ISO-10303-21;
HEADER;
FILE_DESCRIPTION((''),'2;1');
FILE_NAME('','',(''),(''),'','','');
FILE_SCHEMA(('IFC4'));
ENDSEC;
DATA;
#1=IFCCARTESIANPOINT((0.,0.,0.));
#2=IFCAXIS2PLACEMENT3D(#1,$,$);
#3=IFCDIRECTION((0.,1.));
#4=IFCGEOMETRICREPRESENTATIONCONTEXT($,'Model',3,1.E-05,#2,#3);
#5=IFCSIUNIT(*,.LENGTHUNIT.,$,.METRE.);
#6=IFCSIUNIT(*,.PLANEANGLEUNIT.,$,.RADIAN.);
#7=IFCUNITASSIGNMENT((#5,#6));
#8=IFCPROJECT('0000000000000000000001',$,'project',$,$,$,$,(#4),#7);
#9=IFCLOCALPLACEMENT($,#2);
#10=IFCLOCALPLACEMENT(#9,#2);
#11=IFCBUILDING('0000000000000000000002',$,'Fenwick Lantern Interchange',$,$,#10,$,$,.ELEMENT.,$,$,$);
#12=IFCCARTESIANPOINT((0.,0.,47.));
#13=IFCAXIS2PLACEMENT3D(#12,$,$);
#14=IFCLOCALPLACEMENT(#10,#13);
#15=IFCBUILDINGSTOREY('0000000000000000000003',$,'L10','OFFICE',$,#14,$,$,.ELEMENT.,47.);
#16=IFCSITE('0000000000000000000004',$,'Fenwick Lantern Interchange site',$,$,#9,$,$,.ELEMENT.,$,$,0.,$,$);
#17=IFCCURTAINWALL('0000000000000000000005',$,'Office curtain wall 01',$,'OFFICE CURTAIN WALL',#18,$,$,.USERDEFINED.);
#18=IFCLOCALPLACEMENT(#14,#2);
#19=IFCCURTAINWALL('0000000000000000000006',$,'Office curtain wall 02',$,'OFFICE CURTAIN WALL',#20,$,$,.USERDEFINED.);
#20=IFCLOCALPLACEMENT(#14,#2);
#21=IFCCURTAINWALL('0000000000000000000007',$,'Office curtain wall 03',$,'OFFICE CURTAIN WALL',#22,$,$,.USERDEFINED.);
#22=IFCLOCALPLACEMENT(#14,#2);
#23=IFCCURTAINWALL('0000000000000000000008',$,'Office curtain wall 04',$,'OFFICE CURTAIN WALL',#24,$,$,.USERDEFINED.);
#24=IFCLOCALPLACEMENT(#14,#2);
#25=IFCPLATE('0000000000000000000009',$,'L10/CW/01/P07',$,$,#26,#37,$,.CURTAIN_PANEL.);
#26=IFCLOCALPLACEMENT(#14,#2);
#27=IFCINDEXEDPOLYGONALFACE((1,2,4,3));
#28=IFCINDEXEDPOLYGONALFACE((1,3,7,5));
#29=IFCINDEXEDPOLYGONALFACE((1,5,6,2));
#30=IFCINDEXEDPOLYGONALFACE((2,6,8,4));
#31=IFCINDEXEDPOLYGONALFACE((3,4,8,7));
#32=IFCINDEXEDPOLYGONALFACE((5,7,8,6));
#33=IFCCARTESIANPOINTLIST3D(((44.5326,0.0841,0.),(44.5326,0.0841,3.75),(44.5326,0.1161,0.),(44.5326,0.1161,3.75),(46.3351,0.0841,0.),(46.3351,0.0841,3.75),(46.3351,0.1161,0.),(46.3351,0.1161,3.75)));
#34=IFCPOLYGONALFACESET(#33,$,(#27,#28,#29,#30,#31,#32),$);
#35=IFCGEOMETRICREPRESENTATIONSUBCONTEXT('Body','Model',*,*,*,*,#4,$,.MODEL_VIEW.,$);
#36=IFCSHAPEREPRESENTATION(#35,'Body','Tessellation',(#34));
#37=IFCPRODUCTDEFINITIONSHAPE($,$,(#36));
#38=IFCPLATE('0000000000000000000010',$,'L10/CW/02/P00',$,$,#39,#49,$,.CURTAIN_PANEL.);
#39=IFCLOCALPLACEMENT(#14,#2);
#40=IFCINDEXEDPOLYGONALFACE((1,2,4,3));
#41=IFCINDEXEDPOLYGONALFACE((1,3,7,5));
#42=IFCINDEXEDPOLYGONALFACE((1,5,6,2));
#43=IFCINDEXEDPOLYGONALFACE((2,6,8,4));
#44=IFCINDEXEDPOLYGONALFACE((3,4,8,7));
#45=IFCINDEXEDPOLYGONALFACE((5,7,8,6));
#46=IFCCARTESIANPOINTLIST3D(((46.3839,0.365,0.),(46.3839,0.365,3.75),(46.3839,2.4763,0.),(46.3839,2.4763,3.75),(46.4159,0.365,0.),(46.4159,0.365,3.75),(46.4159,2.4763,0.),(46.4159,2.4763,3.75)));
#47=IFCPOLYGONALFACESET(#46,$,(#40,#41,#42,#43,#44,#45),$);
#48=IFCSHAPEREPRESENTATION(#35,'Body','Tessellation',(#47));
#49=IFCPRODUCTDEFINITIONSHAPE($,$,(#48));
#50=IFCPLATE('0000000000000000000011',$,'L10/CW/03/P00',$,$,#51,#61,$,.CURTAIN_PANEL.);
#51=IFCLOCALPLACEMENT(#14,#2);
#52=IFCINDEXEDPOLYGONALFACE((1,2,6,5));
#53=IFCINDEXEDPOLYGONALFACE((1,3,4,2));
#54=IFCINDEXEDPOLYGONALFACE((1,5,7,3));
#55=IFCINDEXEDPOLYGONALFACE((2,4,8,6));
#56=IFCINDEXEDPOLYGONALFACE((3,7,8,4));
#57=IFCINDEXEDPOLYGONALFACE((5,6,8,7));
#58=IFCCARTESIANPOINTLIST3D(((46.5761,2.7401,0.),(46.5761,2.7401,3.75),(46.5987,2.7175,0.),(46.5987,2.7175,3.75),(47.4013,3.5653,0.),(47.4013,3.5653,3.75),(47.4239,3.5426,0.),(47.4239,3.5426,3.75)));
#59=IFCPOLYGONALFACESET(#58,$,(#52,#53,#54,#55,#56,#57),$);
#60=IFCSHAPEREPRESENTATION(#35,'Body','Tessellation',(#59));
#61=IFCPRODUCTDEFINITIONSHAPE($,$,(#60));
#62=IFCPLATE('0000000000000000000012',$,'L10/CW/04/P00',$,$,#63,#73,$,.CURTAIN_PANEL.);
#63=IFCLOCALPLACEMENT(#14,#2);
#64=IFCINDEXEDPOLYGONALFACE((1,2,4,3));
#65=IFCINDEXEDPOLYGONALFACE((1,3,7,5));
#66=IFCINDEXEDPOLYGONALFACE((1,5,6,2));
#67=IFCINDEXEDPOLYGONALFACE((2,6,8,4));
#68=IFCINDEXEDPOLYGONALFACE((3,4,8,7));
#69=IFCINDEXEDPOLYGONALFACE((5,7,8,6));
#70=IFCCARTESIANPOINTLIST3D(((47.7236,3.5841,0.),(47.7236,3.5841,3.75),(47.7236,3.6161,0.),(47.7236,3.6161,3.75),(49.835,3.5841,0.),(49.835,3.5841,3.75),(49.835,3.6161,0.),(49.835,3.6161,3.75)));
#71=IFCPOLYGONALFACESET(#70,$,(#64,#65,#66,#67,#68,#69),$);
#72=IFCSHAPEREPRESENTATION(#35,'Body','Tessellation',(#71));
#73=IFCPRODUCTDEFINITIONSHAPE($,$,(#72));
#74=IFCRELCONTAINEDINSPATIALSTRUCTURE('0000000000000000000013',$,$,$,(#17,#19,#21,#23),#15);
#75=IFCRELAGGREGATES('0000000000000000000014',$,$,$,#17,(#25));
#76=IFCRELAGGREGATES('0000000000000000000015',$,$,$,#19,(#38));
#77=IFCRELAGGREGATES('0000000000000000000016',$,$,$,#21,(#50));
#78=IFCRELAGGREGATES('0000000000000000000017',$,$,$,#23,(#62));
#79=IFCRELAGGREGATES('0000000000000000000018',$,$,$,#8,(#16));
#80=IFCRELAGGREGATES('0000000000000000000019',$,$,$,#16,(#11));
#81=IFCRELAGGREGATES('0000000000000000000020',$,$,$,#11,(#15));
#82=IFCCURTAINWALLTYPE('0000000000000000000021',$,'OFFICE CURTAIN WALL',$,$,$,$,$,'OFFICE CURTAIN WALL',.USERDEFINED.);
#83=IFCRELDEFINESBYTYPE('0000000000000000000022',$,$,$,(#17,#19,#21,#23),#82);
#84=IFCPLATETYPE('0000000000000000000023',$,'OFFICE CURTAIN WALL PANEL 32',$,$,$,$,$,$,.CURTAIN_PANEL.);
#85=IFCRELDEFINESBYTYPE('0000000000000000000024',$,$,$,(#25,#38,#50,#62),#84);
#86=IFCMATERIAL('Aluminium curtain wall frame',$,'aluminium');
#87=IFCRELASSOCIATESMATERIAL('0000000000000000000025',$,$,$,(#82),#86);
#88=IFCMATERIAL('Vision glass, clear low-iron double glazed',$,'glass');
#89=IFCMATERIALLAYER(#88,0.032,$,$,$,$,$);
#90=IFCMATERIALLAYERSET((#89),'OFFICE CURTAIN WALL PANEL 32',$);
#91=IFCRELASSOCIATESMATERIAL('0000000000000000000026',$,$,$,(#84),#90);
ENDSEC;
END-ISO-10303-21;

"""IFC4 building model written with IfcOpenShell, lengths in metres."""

from ifc_helpers import new_model, si_unit, direction, frame, origin, origin_2d, place, context, subcontext, project, spatial, rectangle, extrude, material, layer, layer_set, type_object, element, aggregate, save


model = new_model("IFC4")

# Units and contexts
model_context = context("Model", 3, precision=1e-05, world=origin(), true_north=direction((0.0, 1.0)))
body_context = subcontext(model_context, "Body", "Model", "MODEL_VIEW")
ifc_project = project(units=[si_unit("LENGTHUNIT", "METRE"), si_unit("PLANEANGLEUNIT", "RADIAN")], contexts=[model_context])

# Site, building, storey
site_placement = place(None, origin())
site = spatial("IfcSite", under=ifc_project, at=site_placement, Name="Fenwick Lantern Interchange site", CompositionType="ELEMENT", RefElevation=0.0)
building_placement = place(site_placement, origin())
building = spatial("IfcBuilding", under=site, at=building_placement, Name="Fenwick Lantern Interchange", CompositionType="ELEMENT")
storey_placement = place(building_placement, frame((0.0, 0.0, 47.0)))
storey = spatial("IfcBuildingStorey", under=building, at=storey_placement, Name="L10", Description="OFFICE", CompositionType="ELEMENT", Elevation=47.0)

# Curtain wall
ifc_material_1 = material(Name="Aluminium curtain wall frame", Category="aluminium")
curtain_wall_type = type_object("IfcCurtainWallType", Name="OFFICE CURTAIN WALL", ElementType="OFFICE CURTAIN WALL", PredefinedType="USERDEFINED", material=ifc_material_1)
curtain_wall_1_placement = place(storey_placement, origin())
curtain_wall_1 = element("IfcCurtainWall", 1, at=curtain_wall_1_placement, inside=storey, type_object=curtain_wall_type, Name="Office curtain wall 01", ObjectType="OFFICE CURTAIN WALL", PredefinedType="USERDEFINED")

# Curtain walls
curtain_wall_2_placement = place(storey_placement, origin())
curtain_wall_2 = element("IfcCurtainWall", 2, at=curtain_wall_2_placement, inside=storey, type_object=curtain_wall_type, Name="Office curtain wall 02", ObjectType="OFFICE CURTAIN WALL", PredefinedType="USERDEFINED")
curtain_wall_3_placement = place(storey_placement, origin())
curtain_wall_3 = element("IfcCurtainWall", 3, at=curtain_wall_3_placement, inside=storey, type_object=curtain_wall_type, Name="Office curtain wall 03", ObjectType="OFFICE CURTAIN WALL", PredefinedType="USERDEFINED")
curtain_wall_4_placement = place(storey_placement, origin())
curtain_wall_4 = element("IfcCurtainWall", 4, at=curtain_wall_4_placement, inside=storey, type_object=curtain_wall_type, Name="Office curtain wall 04", ObjectType="OFFICE CURTAIN WALL", PredefinedType="USERDEFINED")

# Plates
ifc_material_2 = material(Name="Vision glass, clear low-iron double glazed", Category="glass")
ifc_layer_1 = layer(ifc_material_2, 0.032)
ifc_layer_set_1 = layer_set([ifc_layer_1], Name="OFFICE CURTAIN WALL PANEL 32")
plate_type = type_object("IfcPlateType", Name="OFFICE CURTAIN WALL PANEL 32", PredefinedType="CURTAIN_PANEL", material=ifc_layer_set_1)
plate_1_placement = place(storey_placement, frame((45.4338, 0.1001, 0.0), z_axis=(0.0, 0.0, 1.0), x_axis=(1.0, 0.0, 0.0)))
plate_1 = element("IfcPlate", 5, at=plate_1_placement, type_object=plate_type, Name="L10/CW/01/P07", PredefinedType="CURTAIN_PANEL", context=body_context, shape_type="SweptSolid", body=[
    extrude(rectangle(XDim=1.8025, YDim=0.032, at=origin_2d()), origin(), (0.0, 0.0, 1.0), 3.75),
])
aggregate(curtain_wall_1, [plate_1])
plate_2_placement = place(storey_placement, frame((46.3999, 1.4207, 0.0), z_axis=(0.0, 0.0, 1.0), x_axis=(0.0, 1.0, 0.0)))
plate_2 = element("IfcPlate", 6, at=plate_2_placement, type_object=plate_type, Name="L10/CW/02/P00", PredefinedType="CURTAIN_PANEL", context=body_context, shape_type="SweptSolid", body=[
    extrude(rectangle(XDim=2.1113, YDim=0.032, at=origin_2d()), origin(), (0.0, 0.0, 1.0), 3.75),
])
aggregate(curtain_wall_2, [plate_2])
plate_3_placement = place(storey_placement, frame((47.0, 3.1414, 0.0), z_axis=(0.0, 0.0, 1.0), x_axis=(0.707107, 0.707107, 0.0)))
plate_3 = element("IfcPlate", 7, at=plate_3_placement, type_object=plate_type, Name="L10/CW/03/P00", PredefinedType="CURTAIN_PANEL", context=body_context, shape_type="SweptSolid", body=[
    extrude(rectangle(XDim=1.167, YDim=0.032, at=origin_2d()), origin(), (0.0, 0.0, 1.0), 3.75),
])
aggregate(curtain_wall_3, [plate_3])
plate_4_placement = place(storey_placement, frame((48.7793, 3.6001, 0.0), z_axis=(0.0, 0.0, 1.0), x_axis=(1.0, 0.0, 0.0)))
plate_4 = element("IfcPlate", 8, at=plate_4_placement, type_object=plate_type, Name="L10/CW/04/P00", PredefinedType="CURTAIN_PANEL", context=body_context, shape_type="SweptSolid", body=[
    extrude(rectangle(XDim=2.1113, YDim=0.032, at=origin_2d()), origin(), (0.0, 0.0, 1.0), 3.75),
])
aggregate(curtain_wall_4, [plate_4])

save(model, "model.ifc")
